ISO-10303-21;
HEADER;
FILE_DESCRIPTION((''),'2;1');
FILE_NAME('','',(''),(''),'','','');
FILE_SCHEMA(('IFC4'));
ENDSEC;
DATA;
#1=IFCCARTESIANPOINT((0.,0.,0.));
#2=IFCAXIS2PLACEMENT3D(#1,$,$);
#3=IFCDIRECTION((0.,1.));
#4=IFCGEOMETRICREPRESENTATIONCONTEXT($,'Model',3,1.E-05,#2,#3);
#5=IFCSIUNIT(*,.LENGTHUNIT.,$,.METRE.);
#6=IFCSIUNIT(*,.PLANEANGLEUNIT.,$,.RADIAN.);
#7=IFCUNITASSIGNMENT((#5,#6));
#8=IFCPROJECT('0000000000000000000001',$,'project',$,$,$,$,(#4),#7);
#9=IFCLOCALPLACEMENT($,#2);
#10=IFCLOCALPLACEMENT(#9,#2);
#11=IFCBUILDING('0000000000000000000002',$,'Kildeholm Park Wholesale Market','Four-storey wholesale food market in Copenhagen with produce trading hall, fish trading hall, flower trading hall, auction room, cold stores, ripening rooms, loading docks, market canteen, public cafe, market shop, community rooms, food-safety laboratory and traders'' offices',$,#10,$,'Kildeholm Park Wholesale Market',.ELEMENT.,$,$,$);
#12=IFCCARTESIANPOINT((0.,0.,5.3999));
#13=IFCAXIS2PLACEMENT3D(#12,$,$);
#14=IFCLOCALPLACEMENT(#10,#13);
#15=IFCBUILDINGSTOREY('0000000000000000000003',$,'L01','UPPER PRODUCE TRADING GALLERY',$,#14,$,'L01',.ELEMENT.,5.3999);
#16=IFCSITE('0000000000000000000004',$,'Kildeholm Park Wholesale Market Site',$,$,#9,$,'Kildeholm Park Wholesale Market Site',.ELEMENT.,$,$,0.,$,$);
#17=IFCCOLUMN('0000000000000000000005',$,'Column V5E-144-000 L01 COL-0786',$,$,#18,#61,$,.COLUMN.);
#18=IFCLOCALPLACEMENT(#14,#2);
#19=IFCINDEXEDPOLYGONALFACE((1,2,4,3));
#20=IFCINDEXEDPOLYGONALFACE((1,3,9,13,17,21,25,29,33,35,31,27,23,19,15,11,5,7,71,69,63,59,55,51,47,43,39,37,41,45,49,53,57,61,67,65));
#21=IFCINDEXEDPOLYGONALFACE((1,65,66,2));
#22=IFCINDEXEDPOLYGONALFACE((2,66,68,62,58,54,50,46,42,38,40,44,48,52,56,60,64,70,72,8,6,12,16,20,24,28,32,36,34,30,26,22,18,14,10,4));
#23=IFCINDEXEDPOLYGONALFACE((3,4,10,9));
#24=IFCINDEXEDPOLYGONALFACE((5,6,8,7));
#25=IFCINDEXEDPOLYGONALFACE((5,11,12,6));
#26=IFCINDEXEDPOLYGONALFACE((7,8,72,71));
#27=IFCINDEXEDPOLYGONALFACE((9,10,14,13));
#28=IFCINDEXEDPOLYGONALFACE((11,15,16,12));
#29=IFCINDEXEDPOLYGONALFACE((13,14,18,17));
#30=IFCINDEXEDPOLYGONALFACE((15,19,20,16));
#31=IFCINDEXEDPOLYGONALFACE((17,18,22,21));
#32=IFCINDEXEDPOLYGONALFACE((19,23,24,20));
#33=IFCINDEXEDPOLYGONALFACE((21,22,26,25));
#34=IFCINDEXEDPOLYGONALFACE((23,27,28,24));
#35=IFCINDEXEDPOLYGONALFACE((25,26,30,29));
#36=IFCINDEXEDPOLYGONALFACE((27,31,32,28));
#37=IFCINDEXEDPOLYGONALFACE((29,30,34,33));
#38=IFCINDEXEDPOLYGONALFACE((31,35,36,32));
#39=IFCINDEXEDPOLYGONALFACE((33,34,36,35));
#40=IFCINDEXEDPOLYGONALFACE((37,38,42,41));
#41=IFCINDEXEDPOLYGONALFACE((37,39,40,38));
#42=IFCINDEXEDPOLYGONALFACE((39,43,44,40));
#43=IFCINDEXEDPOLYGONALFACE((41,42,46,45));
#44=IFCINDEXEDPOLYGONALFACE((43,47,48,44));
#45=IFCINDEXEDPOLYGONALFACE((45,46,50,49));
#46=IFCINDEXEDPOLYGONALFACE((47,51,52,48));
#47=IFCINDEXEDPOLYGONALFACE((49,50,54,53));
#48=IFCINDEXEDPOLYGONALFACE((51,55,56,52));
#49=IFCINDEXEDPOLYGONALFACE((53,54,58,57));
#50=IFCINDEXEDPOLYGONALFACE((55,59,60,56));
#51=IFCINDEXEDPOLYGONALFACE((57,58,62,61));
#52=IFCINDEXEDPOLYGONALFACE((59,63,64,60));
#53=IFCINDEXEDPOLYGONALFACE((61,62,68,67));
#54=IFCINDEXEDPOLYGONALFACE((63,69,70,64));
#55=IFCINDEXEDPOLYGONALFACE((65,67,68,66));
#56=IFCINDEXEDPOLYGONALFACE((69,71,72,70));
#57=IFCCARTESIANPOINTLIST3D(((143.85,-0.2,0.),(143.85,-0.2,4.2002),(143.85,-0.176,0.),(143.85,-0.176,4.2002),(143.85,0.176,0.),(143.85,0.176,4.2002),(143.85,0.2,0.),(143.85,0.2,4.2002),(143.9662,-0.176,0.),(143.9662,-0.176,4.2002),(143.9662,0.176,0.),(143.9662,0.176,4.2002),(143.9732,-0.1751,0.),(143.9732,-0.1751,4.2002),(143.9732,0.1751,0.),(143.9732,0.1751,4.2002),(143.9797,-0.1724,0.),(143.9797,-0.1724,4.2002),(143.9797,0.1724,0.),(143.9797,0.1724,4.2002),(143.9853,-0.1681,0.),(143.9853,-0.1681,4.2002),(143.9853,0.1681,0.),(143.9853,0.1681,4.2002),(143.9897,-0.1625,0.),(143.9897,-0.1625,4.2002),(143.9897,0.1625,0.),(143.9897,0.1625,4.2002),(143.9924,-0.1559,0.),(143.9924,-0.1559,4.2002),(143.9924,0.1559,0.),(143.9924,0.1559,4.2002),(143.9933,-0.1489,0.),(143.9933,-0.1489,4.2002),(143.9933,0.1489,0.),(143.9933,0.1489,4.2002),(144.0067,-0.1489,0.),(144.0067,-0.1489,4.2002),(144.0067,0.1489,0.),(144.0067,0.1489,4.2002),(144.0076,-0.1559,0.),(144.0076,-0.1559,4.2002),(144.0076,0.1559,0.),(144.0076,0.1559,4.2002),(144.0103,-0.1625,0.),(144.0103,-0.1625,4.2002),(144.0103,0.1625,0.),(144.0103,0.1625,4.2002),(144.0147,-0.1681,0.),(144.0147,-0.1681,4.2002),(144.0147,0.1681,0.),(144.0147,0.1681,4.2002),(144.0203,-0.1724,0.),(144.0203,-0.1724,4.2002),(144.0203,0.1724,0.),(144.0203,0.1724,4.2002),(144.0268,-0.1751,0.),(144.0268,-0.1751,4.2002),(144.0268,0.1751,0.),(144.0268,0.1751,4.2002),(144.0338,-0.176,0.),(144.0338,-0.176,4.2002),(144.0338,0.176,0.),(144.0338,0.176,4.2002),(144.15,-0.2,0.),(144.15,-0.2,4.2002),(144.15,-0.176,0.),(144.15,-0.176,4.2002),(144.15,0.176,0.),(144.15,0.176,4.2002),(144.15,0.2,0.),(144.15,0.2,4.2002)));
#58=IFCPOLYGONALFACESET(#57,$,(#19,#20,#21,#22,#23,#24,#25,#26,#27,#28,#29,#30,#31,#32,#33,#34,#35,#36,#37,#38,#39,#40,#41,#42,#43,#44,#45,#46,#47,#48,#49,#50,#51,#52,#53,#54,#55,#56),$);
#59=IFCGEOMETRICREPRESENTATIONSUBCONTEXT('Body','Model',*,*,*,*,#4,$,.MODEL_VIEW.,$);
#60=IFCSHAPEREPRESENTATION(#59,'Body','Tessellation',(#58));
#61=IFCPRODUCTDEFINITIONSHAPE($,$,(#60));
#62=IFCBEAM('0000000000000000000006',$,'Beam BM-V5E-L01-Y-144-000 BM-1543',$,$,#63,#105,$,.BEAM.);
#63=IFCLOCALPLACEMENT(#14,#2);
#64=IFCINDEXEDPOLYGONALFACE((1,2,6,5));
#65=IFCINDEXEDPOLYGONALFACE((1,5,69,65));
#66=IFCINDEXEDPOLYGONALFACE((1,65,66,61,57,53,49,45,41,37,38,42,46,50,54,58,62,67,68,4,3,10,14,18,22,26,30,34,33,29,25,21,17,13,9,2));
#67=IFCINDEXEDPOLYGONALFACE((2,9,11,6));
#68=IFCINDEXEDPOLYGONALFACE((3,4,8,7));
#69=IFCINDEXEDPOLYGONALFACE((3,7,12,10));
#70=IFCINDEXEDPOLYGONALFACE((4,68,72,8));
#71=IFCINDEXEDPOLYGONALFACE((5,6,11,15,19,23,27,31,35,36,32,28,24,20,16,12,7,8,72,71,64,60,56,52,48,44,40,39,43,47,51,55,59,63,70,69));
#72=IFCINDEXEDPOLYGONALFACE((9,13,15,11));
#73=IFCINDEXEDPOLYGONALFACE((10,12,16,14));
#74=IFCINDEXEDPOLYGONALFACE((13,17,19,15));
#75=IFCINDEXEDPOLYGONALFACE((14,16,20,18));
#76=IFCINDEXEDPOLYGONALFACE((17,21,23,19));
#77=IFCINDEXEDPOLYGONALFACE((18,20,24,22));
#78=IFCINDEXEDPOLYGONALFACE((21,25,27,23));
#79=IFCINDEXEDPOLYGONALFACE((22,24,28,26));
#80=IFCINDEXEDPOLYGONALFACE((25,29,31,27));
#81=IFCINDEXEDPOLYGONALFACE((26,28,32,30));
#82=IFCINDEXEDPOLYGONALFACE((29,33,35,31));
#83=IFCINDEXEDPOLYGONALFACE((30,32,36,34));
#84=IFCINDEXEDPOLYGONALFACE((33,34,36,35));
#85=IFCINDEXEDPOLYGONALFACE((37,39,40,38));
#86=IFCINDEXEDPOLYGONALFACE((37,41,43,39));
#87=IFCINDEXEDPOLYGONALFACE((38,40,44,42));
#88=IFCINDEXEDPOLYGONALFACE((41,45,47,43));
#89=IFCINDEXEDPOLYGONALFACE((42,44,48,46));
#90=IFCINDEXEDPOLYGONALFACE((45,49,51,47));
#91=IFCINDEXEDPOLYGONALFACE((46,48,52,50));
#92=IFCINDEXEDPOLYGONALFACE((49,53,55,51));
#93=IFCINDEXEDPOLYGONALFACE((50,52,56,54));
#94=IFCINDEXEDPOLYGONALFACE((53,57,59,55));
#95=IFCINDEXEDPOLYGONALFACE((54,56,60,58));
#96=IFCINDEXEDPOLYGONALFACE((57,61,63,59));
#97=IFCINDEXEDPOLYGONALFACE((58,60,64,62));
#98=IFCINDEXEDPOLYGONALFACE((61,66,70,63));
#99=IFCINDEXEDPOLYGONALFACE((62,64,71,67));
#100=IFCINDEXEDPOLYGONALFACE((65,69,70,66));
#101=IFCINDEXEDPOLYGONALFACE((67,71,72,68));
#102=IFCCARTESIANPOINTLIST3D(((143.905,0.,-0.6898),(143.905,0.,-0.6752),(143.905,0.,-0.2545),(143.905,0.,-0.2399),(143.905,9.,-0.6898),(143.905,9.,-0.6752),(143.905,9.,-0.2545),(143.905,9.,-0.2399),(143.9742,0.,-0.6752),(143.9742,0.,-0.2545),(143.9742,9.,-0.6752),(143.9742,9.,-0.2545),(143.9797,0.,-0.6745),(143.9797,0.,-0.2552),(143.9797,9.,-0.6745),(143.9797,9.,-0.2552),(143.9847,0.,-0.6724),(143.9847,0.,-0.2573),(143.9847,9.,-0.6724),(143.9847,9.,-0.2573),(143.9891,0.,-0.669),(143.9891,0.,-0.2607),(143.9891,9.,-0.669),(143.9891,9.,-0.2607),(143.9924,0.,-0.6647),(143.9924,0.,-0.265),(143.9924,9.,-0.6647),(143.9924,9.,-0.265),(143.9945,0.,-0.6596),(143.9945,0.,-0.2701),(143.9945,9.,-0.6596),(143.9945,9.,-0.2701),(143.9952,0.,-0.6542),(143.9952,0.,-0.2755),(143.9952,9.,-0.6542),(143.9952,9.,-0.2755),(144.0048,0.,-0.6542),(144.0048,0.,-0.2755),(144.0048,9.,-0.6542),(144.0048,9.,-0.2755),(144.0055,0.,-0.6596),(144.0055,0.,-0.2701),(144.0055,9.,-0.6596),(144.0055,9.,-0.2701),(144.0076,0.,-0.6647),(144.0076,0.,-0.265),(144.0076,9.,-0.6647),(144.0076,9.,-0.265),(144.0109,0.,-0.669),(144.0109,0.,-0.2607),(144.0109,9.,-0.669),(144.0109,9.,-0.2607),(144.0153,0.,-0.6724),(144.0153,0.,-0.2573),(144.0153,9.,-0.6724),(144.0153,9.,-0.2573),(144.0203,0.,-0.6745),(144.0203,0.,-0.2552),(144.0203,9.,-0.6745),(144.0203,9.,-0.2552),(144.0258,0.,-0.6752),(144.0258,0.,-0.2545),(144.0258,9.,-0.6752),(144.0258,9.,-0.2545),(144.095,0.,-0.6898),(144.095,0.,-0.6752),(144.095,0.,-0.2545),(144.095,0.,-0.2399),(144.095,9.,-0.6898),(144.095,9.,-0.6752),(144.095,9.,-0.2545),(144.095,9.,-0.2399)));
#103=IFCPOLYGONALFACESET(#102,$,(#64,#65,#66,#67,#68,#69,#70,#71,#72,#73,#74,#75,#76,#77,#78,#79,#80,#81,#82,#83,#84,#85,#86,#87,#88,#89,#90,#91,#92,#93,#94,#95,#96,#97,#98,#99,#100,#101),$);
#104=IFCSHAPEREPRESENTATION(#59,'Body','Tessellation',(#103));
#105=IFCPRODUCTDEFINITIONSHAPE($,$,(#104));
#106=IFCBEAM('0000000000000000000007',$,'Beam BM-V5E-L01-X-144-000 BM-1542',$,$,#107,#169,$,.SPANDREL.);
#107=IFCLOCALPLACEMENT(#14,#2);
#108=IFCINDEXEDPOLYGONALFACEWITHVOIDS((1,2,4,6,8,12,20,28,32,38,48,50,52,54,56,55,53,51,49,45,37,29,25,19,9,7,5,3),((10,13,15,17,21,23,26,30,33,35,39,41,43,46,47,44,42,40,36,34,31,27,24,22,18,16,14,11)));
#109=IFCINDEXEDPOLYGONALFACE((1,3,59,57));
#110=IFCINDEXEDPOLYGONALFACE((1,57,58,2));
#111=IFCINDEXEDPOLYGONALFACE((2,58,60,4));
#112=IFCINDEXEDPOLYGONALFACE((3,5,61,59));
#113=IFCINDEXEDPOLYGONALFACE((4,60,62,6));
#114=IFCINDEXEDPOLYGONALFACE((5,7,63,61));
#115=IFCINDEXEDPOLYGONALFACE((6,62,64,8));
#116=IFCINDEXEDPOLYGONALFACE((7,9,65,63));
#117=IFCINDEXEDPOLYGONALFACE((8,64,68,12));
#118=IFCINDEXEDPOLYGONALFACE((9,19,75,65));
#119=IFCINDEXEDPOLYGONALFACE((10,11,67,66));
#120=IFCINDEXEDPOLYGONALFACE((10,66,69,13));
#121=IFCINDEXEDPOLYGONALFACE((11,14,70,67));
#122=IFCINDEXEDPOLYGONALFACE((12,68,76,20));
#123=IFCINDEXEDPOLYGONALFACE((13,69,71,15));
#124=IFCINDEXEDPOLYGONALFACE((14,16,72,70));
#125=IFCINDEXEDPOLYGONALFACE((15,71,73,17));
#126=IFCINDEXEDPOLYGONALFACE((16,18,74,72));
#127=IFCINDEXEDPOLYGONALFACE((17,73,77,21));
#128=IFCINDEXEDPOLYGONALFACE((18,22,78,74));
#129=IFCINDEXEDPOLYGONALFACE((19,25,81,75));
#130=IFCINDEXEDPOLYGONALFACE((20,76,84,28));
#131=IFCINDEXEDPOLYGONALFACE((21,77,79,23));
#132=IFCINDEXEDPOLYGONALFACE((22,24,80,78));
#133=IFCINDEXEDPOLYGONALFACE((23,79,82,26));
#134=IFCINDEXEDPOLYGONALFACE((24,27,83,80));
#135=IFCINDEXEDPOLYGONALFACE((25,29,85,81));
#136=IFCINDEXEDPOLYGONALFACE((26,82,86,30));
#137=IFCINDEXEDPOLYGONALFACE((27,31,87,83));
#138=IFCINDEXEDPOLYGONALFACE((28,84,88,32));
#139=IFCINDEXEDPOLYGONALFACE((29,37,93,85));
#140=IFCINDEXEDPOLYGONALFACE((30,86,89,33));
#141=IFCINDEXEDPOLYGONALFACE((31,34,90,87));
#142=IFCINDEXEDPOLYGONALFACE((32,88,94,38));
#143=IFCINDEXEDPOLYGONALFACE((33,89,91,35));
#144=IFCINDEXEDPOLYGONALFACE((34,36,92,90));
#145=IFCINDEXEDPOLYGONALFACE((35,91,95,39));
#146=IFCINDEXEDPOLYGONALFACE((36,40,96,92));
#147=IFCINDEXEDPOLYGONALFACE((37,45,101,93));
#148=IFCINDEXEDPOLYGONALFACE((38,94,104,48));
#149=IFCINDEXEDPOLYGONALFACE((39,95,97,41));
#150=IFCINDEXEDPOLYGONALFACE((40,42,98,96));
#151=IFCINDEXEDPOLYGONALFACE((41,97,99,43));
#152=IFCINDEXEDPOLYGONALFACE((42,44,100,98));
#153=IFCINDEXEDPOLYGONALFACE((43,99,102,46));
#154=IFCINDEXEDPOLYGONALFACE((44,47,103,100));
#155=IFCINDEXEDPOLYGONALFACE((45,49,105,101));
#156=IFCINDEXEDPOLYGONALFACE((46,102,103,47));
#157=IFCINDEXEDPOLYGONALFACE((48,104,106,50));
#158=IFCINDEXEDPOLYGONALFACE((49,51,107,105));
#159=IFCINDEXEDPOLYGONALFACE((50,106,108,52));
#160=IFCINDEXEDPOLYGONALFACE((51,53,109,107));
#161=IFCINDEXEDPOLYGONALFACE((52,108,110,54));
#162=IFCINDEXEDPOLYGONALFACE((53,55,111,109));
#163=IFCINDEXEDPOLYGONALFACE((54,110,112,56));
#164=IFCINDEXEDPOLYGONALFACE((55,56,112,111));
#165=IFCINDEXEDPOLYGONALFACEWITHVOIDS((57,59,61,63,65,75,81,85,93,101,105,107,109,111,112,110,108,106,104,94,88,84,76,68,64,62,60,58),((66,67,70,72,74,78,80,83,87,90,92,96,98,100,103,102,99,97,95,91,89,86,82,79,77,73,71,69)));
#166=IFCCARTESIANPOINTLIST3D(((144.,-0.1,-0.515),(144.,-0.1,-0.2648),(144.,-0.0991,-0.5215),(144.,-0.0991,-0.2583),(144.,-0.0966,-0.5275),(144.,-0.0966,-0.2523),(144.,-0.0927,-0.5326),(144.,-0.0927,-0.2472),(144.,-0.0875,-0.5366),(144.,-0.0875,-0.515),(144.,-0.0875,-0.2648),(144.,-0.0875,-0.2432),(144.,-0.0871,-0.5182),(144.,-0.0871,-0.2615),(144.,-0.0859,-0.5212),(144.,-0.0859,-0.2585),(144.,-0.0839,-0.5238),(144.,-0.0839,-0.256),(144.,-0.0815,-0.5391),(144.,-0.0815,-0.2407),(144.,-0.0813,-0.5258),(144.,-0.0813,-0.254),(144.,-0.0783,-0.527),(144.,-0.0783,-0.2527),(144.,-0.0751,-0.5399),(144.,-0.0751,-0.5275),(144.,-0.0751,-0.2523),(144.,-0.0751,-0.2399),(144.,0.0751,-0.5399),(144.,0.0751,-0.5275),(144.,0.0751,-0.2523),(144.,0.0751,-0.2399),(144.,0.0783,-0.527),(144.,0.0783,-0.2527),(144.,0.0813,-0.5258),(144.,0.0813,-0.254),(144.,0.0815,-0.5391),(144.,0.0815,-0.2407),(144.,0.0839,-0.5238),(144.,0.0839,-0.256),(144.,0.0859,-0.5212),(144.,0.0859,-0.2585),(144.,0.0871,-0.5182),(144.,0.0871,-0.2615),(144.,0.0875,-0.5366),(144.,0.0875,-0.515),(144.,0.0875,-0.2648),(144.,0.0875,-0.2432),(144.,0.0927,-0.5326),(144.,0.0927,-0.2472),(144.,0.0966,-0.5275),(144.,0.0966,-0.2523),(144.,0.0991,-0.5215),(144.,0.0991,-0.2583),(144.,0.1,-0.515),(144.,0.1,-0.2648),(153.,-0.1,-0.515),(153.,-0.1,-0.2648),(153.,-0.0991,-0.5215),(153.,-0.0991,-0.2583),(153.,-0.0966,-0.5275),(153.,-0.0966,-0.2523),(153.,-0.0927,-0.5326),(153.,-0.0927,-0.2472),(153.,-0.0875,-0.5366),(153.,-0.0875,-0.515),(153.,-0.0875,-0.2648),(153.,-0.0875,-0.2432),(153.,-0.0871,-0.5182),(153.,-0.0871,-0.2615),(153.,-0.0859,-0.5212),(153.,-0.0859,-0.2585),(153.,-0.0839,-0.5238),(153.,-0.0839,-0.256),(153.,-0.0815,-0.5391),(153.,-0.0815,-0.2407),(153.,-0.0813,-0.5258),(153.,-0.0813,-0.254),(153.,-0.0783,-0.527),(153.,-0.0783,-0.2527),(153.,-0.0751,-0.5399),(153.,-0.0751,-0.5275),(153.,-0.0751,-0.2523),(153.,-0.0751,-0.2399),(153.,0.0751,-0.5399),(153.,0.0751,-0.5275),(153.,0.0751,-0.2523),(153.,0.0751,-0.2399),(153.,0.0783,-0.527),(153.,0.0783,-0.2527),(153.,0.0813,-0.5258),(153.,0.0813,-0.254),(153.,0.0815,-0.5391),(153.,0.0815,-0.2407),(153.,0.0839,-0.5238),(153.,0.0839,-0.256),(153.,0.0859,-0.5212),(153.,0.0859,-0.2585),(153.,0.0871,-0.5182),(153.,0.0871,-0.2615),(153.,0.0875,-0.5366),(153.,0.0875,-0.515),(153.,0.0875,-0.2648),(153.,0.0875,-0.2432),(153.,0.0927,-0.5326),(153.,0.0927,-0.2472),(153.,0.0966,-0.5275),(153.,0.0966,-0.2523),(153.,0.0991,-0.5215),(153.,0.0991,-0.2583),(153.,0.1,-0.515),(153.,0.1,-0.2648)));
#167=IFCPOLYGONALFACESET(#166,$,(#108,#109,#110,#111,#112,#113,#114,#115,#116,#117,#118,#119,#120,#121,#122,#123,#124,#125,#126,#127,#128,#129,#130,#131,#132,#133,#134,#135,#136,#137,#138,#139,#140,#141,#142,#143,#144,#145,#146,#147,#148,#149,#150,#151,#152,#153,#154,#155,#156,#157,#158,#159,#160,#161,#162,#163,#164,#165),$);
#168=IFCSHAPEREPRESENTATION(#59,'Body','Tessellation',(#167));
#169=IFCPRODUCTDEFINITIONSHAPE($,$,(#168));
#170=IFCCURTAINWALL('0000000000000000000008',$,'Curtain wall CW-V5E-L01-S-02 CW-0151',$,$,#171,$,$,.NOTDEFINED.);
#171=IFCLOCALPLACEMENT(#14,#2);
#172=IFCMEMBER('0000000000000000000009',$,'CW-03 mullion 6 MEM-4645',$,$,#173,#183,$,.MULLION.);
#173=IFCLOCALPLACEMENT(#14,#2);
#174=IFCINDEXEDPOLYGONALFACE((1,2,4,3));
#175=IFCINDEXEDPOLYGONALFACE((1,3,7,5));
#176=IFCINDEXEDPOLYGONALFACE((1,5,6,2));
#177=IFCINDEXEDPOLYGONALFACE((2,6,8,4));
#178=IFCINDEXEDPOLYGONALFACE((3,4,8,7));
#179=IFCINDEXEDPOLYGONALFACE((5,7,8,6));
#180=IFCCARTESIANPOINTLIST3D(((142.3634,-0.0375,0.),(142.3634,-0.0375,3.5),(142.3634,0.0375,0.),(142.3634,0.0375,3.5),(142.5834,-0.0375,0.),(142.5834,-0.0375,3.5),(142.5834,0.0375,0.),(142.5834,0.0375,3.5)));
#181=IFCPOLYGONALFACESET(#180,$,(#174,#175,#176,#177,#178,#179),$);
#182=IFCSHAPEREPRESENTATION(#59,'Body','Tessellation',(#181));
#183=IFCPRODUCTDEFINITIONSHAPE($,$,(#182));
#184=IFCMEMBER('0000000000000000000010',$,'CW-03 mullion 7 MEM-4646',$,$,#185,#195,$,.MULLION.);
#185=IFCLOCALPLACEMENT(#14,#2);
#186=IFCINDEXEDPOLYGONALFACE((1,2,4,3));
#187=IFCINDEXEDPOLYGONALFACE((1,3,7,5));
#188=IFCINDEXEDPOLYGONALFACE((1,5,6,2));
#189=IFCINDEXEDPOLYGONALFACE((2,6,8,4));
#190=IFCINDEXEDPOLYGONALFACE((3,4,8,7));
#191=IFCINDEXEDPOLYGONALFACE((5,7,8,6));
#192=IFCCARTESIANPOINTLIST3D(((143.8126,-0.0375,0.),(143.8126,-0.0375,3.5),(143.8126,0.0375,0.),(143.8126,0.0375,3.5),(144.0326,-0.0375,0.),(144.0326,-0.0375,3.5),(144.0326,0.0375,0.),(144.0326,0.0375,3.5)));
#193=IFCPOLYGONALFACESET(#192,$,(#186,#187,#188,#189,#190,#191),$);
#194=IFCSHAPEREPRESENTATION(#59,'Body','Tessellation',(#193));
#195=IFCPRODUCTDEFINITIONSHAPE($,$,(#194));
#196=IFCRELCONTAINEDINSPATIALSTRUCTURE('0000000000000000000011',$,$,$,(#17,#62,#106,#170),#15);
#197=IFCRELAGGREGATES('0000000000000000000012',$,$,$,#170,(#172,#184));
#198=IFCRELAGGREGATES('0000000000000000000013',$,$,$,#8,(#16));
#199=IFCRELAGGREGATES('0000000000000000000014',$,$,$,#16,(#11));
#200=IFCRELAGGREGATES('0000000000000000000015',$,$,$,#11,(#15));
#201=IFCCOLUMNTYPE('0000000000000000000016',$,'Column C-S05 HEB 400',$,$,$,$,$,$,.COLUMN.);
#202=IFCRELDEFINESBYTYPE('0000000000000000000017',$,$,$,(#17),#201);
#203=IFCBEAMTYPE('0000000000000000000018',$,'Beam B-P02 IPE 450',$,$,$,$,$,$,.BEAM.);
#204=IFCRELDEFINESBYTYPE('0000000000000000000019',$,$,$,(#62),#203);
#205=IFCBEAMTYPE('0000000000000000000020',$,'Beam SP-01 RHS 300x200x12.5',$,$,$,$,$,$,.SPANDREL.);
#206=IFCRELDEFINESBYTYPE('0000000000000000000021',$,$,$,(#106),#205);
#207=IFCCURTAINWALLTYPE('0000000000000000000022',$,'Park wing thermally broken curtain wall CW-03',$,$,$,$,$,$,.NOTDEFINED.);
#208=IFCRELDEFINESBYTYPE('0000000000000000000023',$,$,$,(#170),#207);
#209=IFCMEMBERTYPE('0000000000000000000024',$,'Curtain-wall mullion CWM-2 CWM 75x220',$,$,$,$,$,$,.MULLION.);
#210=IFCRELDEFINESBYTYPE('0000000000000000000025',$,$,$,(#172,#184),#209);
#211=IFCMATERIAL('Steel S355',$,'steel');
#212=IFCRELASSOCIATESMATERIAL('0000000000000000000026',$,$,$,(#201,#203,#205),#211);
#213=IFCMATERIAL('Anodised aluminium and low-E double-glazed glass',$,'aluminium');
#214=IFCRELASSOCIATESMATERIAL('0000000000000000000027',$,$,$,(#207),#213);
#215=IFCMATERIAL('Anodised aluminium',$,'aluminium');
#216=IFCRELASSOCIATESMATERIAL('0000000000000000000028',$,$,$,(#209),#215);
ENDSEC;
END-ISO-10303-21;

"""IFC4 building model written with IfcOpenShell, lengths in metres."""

from ifc_helpers import new_model, si_unit, direction, frame, origin, origin_2d, place, context, subcontext, project, spatial, rectangle, hollow_rectangle, i_section, extrude, material, material_profile, profile_set, type_object, element, aggregate, save


model = new_model("IFC4")

# Units and contexts
model_context = context("Model", 3, precision=1e-05, world=origin(), true_north=direction((0.0, 1.0)))
body_context = subcontext(model_context, "Body", "Model", "MODEL_VIEW")
ifc_project = project(units=[si_unit("LENGTHUNIT", "METRE"), si_unit("PLANEANGLEUNIT", "RADIAN")], contexts=[model_context])

# Site, building, storey
site_placement = place(None, origin())
site = spatial("IfcSite", under=ifc_project, at=site_placement, Name="Kildeholm Park Wholesale Market Site", LongName="Kildeholm Park Wholesale Market Site", CompositionType="ELEMENT", RefElevation=0.0)
building_placement = place(site_placement, origin())
building = spatial("IfcBuilding", under=site, at=building_placement, Name="Kildeholm Park Wholesale Market", Description="Four-storey wholesale food market in Copenhagen with produce trading hall, fish trading hall, flower trading hall, auction room, cold stores, ripening rooms, loading docks, market canteen, public cafe, market shop, community rooms, food-safety laboratory and traders' offices", LongName="Kildeholm Park Wholesale Market", CompositionType="ELEMENT")
storey_placement = place(building_placement, frame((0.0, 0.0, 5.3999)))
storey = spatial("IfcBuildingStorey", under=building, at=storey_placement, Name="L01", Description="UPPER PRODUCE TRADING GALLERY", LongName="L01", CompositionType="ELEMENT", Elevation=5.3999)

# Column
ifc_material_1 = material(Name="Steel S355", Category="steel")
ifc_material_profile_1 = material_profile(ifc_material_1, i_section(OverallWidth=0.3, OverallDepth=0.3999, WebThickness=0.0134, FlangeThickness=0.0239, FilletRadius=0.0271, at=origin_2d()), Name="HEB 400")
ifc_profile_set_1 = profile_set([ifc_material_profile_1], Name="Steel S355")
column_type = type_object("IfcColumnType", Name="Column C-S05 HEB 400", PredefinedType="COLUMN", material=ifc_profile_set_1)
column_placement = place(storey_placement, frame((144.0, 0.0, 0.0), z_axis=(0.0, 0.0, 1.0), x_axis=(1.0, 0.0, 0.0)))
element("IfcColumn", 1, at=column_placement, inside=storey, type_object=column_type, Name="Column V5E-144-000 L01 COL-0786", PredefinedType="COLUMN", context=body_context, shape_type="SweptSolid", body=[
    extrude(i_section(OverallWidth=0.3, OverallDepth=0.3999, WebThickness=0.0134, FlangeThickness=0.0239, FilletRadius=0.0271, at=origin_2d()), origin(), (0.0, 0.0, 1.0), 4.2002),
])

# Beams
ifc_material_profile_2 = material_profile(ifc_material_1, i_section(OverallWidth=0.1899, OverallDepth=0.45, WebThickness=0.0095, FlangeThickness=0.0146, FilletRadius=0.021, at=origin_2d()), Name="IPE 450")
ifc_profile_set_2 = profile_set([ifc_material_profile_2], Name="Steel S355")
beam_type_1 = type_object("IfcBeamType", Name="Beam B-P02 IPE 450", PredefinedType="BEAM", material=ifc_profile_set_2)
beam_1_placement = place(storey_placement, frame((144.0, 0.0, -0.4648), z_axis=(0.0, 1.0, 0.0), x_axis=(-1.0, 0.0, 0.0)))
element("IfcBeam", 2, at=beam_1_placement, inside=storey, type_object=beam_type_1, Name="Beam BM-V5E-L01-Y-144-000 BM-1543", PredefinedType="BEAM", context=body_context, shape_type="SweptSolid", body=[
    extrude(i_section(OverallWidth=0.1899, OverallDepth=0.45, WebThickness=0.0095, FlangeThickness=0.0146, FilletRadius=0.021, at=origin_2d()), origin(), (0.0, 0.0, 1.0), 9.0),
])
ifc_material_profile_3 = material_profile(ifc_material_1, hollow_rectangle(XDim=0.2, YDim=0.3, WallThickness=0.0125, InnerFilletRadius=0.0125, OuterFilletRadius=0.0249, at=origin_2d()), Name="RHS 300x200x12.5")
ifc_profile_set_3 = profile_set([ifc_material_profile_3], Name="Steel S355")
beam_type_2 = type_object("IfcBeamType", Name="Beam SP-01 RHS 300x200x12.5", PredefinedType="SPANDREL", material=ifc_profile_set_3)
beam_2_placement = place(storey_placement, frame((144.0, 0.0, -0.3899), z_axis=(1.0, 0.0, 0.0), x_axis=(0.0, 1.0, 0.0)))
element("IfcBeam", 3, at=beam_2_placement, inside=storey, type_object=beam_type_2, Name="Beam BM-V5E-L01-X-144-000 BM-1542", PredefinedType="SPANDREL", context=body_context, shape_type="SweptSolid", body=[
    extrude(hollow_rectangle(XDim=0.2, YDim=0.3, WallThickness=0.0125, InnerFilletRadius=0.0125, OuterFilletRadius=0.0249, at=origin_2d()), origin(), (0.0, 0.0, 1.0), 9.0),
])

# Curtain wall, members
ifc_material_2 = material(Name="Anodised aluminium and low-E double-glazed glass", Category="aluminium")
curtain_wall_type = type_object("IfcCurtainWallType", Name="Park wing thermally broken curtain wall CW-03", PredefinedType="NOTDEFINED", material=ifc_material_2)
curtain_wall_placement = place(storey_placement, origin())
curtain_wall = element("IfcCurtainWall", 4, at=curtain_wall_placement, inside=storey, type_object=curtain_wall_type, Name="Curtain wall CW-V5E-L01-S-02 CW-0151", PredefinedType="NOTDEFINED")
ifc_material_3 = material(Name="Anodised aluminium", Category="aluminium")
ifc_material_profile_4 = material_profile(ifc_material_3, rectangle(XDim=0.075, YDim=0.22, at=origin_2d()), Name="CWM 75x220")
ifc_profile_set_4 = profile_set([ifc_material_profile_4], Name="Anodised aluminium")
member_type_1 = type_object("IfcMemberType", Name="Curtain-wall mullion CWM-2 CWM 75x220", PredefinedType="MULLION", material=ifc_profile_set_4)
member_1_placement = place(storey_placement, frame((142.4734, 0.0, 0.0), z_axis=(0.0, 0.0, 1.0), x_axis=(0.0, 1.0, 0.0)))
member_1 = element("IfcMember", 5, at=member_1_placement, type_object=member_type_1, Name="CW-03 mullion 6 MEM-4645", PredefinedType="MULLION", context=body_context, shape_type="SweptSolid", body=[
    extrude(rectangle(XDim=0.075, YDim=0.22, at=origin_2d()), origin(), (0.0, 0.0, 1.0), 3.5),
])
member_2_placement = place(storey_placement, frame((143.9226, 0.0, 0.0), z_axis=(0.0, 0.0, 1.0), x_axis=(0.0, 1.0, 0.0)))
member_2 = element("IfcMember", 6, at=member_2_placement, type_object=member_type_1, Name="CW-03 mullion 7 MEM-4646", PredefinedType="MULLION", context=body_context, shape_type="SweptSolid", body=[
    extrude(rectangle(XDim=0.075, YDim=0.22, at=origin_2d()), origin(), (0.0, 0.0, 1.0), 3.5),
])
aggregate(curtain_wall, [member_1, member_2])

save(model, "model.ifc")
